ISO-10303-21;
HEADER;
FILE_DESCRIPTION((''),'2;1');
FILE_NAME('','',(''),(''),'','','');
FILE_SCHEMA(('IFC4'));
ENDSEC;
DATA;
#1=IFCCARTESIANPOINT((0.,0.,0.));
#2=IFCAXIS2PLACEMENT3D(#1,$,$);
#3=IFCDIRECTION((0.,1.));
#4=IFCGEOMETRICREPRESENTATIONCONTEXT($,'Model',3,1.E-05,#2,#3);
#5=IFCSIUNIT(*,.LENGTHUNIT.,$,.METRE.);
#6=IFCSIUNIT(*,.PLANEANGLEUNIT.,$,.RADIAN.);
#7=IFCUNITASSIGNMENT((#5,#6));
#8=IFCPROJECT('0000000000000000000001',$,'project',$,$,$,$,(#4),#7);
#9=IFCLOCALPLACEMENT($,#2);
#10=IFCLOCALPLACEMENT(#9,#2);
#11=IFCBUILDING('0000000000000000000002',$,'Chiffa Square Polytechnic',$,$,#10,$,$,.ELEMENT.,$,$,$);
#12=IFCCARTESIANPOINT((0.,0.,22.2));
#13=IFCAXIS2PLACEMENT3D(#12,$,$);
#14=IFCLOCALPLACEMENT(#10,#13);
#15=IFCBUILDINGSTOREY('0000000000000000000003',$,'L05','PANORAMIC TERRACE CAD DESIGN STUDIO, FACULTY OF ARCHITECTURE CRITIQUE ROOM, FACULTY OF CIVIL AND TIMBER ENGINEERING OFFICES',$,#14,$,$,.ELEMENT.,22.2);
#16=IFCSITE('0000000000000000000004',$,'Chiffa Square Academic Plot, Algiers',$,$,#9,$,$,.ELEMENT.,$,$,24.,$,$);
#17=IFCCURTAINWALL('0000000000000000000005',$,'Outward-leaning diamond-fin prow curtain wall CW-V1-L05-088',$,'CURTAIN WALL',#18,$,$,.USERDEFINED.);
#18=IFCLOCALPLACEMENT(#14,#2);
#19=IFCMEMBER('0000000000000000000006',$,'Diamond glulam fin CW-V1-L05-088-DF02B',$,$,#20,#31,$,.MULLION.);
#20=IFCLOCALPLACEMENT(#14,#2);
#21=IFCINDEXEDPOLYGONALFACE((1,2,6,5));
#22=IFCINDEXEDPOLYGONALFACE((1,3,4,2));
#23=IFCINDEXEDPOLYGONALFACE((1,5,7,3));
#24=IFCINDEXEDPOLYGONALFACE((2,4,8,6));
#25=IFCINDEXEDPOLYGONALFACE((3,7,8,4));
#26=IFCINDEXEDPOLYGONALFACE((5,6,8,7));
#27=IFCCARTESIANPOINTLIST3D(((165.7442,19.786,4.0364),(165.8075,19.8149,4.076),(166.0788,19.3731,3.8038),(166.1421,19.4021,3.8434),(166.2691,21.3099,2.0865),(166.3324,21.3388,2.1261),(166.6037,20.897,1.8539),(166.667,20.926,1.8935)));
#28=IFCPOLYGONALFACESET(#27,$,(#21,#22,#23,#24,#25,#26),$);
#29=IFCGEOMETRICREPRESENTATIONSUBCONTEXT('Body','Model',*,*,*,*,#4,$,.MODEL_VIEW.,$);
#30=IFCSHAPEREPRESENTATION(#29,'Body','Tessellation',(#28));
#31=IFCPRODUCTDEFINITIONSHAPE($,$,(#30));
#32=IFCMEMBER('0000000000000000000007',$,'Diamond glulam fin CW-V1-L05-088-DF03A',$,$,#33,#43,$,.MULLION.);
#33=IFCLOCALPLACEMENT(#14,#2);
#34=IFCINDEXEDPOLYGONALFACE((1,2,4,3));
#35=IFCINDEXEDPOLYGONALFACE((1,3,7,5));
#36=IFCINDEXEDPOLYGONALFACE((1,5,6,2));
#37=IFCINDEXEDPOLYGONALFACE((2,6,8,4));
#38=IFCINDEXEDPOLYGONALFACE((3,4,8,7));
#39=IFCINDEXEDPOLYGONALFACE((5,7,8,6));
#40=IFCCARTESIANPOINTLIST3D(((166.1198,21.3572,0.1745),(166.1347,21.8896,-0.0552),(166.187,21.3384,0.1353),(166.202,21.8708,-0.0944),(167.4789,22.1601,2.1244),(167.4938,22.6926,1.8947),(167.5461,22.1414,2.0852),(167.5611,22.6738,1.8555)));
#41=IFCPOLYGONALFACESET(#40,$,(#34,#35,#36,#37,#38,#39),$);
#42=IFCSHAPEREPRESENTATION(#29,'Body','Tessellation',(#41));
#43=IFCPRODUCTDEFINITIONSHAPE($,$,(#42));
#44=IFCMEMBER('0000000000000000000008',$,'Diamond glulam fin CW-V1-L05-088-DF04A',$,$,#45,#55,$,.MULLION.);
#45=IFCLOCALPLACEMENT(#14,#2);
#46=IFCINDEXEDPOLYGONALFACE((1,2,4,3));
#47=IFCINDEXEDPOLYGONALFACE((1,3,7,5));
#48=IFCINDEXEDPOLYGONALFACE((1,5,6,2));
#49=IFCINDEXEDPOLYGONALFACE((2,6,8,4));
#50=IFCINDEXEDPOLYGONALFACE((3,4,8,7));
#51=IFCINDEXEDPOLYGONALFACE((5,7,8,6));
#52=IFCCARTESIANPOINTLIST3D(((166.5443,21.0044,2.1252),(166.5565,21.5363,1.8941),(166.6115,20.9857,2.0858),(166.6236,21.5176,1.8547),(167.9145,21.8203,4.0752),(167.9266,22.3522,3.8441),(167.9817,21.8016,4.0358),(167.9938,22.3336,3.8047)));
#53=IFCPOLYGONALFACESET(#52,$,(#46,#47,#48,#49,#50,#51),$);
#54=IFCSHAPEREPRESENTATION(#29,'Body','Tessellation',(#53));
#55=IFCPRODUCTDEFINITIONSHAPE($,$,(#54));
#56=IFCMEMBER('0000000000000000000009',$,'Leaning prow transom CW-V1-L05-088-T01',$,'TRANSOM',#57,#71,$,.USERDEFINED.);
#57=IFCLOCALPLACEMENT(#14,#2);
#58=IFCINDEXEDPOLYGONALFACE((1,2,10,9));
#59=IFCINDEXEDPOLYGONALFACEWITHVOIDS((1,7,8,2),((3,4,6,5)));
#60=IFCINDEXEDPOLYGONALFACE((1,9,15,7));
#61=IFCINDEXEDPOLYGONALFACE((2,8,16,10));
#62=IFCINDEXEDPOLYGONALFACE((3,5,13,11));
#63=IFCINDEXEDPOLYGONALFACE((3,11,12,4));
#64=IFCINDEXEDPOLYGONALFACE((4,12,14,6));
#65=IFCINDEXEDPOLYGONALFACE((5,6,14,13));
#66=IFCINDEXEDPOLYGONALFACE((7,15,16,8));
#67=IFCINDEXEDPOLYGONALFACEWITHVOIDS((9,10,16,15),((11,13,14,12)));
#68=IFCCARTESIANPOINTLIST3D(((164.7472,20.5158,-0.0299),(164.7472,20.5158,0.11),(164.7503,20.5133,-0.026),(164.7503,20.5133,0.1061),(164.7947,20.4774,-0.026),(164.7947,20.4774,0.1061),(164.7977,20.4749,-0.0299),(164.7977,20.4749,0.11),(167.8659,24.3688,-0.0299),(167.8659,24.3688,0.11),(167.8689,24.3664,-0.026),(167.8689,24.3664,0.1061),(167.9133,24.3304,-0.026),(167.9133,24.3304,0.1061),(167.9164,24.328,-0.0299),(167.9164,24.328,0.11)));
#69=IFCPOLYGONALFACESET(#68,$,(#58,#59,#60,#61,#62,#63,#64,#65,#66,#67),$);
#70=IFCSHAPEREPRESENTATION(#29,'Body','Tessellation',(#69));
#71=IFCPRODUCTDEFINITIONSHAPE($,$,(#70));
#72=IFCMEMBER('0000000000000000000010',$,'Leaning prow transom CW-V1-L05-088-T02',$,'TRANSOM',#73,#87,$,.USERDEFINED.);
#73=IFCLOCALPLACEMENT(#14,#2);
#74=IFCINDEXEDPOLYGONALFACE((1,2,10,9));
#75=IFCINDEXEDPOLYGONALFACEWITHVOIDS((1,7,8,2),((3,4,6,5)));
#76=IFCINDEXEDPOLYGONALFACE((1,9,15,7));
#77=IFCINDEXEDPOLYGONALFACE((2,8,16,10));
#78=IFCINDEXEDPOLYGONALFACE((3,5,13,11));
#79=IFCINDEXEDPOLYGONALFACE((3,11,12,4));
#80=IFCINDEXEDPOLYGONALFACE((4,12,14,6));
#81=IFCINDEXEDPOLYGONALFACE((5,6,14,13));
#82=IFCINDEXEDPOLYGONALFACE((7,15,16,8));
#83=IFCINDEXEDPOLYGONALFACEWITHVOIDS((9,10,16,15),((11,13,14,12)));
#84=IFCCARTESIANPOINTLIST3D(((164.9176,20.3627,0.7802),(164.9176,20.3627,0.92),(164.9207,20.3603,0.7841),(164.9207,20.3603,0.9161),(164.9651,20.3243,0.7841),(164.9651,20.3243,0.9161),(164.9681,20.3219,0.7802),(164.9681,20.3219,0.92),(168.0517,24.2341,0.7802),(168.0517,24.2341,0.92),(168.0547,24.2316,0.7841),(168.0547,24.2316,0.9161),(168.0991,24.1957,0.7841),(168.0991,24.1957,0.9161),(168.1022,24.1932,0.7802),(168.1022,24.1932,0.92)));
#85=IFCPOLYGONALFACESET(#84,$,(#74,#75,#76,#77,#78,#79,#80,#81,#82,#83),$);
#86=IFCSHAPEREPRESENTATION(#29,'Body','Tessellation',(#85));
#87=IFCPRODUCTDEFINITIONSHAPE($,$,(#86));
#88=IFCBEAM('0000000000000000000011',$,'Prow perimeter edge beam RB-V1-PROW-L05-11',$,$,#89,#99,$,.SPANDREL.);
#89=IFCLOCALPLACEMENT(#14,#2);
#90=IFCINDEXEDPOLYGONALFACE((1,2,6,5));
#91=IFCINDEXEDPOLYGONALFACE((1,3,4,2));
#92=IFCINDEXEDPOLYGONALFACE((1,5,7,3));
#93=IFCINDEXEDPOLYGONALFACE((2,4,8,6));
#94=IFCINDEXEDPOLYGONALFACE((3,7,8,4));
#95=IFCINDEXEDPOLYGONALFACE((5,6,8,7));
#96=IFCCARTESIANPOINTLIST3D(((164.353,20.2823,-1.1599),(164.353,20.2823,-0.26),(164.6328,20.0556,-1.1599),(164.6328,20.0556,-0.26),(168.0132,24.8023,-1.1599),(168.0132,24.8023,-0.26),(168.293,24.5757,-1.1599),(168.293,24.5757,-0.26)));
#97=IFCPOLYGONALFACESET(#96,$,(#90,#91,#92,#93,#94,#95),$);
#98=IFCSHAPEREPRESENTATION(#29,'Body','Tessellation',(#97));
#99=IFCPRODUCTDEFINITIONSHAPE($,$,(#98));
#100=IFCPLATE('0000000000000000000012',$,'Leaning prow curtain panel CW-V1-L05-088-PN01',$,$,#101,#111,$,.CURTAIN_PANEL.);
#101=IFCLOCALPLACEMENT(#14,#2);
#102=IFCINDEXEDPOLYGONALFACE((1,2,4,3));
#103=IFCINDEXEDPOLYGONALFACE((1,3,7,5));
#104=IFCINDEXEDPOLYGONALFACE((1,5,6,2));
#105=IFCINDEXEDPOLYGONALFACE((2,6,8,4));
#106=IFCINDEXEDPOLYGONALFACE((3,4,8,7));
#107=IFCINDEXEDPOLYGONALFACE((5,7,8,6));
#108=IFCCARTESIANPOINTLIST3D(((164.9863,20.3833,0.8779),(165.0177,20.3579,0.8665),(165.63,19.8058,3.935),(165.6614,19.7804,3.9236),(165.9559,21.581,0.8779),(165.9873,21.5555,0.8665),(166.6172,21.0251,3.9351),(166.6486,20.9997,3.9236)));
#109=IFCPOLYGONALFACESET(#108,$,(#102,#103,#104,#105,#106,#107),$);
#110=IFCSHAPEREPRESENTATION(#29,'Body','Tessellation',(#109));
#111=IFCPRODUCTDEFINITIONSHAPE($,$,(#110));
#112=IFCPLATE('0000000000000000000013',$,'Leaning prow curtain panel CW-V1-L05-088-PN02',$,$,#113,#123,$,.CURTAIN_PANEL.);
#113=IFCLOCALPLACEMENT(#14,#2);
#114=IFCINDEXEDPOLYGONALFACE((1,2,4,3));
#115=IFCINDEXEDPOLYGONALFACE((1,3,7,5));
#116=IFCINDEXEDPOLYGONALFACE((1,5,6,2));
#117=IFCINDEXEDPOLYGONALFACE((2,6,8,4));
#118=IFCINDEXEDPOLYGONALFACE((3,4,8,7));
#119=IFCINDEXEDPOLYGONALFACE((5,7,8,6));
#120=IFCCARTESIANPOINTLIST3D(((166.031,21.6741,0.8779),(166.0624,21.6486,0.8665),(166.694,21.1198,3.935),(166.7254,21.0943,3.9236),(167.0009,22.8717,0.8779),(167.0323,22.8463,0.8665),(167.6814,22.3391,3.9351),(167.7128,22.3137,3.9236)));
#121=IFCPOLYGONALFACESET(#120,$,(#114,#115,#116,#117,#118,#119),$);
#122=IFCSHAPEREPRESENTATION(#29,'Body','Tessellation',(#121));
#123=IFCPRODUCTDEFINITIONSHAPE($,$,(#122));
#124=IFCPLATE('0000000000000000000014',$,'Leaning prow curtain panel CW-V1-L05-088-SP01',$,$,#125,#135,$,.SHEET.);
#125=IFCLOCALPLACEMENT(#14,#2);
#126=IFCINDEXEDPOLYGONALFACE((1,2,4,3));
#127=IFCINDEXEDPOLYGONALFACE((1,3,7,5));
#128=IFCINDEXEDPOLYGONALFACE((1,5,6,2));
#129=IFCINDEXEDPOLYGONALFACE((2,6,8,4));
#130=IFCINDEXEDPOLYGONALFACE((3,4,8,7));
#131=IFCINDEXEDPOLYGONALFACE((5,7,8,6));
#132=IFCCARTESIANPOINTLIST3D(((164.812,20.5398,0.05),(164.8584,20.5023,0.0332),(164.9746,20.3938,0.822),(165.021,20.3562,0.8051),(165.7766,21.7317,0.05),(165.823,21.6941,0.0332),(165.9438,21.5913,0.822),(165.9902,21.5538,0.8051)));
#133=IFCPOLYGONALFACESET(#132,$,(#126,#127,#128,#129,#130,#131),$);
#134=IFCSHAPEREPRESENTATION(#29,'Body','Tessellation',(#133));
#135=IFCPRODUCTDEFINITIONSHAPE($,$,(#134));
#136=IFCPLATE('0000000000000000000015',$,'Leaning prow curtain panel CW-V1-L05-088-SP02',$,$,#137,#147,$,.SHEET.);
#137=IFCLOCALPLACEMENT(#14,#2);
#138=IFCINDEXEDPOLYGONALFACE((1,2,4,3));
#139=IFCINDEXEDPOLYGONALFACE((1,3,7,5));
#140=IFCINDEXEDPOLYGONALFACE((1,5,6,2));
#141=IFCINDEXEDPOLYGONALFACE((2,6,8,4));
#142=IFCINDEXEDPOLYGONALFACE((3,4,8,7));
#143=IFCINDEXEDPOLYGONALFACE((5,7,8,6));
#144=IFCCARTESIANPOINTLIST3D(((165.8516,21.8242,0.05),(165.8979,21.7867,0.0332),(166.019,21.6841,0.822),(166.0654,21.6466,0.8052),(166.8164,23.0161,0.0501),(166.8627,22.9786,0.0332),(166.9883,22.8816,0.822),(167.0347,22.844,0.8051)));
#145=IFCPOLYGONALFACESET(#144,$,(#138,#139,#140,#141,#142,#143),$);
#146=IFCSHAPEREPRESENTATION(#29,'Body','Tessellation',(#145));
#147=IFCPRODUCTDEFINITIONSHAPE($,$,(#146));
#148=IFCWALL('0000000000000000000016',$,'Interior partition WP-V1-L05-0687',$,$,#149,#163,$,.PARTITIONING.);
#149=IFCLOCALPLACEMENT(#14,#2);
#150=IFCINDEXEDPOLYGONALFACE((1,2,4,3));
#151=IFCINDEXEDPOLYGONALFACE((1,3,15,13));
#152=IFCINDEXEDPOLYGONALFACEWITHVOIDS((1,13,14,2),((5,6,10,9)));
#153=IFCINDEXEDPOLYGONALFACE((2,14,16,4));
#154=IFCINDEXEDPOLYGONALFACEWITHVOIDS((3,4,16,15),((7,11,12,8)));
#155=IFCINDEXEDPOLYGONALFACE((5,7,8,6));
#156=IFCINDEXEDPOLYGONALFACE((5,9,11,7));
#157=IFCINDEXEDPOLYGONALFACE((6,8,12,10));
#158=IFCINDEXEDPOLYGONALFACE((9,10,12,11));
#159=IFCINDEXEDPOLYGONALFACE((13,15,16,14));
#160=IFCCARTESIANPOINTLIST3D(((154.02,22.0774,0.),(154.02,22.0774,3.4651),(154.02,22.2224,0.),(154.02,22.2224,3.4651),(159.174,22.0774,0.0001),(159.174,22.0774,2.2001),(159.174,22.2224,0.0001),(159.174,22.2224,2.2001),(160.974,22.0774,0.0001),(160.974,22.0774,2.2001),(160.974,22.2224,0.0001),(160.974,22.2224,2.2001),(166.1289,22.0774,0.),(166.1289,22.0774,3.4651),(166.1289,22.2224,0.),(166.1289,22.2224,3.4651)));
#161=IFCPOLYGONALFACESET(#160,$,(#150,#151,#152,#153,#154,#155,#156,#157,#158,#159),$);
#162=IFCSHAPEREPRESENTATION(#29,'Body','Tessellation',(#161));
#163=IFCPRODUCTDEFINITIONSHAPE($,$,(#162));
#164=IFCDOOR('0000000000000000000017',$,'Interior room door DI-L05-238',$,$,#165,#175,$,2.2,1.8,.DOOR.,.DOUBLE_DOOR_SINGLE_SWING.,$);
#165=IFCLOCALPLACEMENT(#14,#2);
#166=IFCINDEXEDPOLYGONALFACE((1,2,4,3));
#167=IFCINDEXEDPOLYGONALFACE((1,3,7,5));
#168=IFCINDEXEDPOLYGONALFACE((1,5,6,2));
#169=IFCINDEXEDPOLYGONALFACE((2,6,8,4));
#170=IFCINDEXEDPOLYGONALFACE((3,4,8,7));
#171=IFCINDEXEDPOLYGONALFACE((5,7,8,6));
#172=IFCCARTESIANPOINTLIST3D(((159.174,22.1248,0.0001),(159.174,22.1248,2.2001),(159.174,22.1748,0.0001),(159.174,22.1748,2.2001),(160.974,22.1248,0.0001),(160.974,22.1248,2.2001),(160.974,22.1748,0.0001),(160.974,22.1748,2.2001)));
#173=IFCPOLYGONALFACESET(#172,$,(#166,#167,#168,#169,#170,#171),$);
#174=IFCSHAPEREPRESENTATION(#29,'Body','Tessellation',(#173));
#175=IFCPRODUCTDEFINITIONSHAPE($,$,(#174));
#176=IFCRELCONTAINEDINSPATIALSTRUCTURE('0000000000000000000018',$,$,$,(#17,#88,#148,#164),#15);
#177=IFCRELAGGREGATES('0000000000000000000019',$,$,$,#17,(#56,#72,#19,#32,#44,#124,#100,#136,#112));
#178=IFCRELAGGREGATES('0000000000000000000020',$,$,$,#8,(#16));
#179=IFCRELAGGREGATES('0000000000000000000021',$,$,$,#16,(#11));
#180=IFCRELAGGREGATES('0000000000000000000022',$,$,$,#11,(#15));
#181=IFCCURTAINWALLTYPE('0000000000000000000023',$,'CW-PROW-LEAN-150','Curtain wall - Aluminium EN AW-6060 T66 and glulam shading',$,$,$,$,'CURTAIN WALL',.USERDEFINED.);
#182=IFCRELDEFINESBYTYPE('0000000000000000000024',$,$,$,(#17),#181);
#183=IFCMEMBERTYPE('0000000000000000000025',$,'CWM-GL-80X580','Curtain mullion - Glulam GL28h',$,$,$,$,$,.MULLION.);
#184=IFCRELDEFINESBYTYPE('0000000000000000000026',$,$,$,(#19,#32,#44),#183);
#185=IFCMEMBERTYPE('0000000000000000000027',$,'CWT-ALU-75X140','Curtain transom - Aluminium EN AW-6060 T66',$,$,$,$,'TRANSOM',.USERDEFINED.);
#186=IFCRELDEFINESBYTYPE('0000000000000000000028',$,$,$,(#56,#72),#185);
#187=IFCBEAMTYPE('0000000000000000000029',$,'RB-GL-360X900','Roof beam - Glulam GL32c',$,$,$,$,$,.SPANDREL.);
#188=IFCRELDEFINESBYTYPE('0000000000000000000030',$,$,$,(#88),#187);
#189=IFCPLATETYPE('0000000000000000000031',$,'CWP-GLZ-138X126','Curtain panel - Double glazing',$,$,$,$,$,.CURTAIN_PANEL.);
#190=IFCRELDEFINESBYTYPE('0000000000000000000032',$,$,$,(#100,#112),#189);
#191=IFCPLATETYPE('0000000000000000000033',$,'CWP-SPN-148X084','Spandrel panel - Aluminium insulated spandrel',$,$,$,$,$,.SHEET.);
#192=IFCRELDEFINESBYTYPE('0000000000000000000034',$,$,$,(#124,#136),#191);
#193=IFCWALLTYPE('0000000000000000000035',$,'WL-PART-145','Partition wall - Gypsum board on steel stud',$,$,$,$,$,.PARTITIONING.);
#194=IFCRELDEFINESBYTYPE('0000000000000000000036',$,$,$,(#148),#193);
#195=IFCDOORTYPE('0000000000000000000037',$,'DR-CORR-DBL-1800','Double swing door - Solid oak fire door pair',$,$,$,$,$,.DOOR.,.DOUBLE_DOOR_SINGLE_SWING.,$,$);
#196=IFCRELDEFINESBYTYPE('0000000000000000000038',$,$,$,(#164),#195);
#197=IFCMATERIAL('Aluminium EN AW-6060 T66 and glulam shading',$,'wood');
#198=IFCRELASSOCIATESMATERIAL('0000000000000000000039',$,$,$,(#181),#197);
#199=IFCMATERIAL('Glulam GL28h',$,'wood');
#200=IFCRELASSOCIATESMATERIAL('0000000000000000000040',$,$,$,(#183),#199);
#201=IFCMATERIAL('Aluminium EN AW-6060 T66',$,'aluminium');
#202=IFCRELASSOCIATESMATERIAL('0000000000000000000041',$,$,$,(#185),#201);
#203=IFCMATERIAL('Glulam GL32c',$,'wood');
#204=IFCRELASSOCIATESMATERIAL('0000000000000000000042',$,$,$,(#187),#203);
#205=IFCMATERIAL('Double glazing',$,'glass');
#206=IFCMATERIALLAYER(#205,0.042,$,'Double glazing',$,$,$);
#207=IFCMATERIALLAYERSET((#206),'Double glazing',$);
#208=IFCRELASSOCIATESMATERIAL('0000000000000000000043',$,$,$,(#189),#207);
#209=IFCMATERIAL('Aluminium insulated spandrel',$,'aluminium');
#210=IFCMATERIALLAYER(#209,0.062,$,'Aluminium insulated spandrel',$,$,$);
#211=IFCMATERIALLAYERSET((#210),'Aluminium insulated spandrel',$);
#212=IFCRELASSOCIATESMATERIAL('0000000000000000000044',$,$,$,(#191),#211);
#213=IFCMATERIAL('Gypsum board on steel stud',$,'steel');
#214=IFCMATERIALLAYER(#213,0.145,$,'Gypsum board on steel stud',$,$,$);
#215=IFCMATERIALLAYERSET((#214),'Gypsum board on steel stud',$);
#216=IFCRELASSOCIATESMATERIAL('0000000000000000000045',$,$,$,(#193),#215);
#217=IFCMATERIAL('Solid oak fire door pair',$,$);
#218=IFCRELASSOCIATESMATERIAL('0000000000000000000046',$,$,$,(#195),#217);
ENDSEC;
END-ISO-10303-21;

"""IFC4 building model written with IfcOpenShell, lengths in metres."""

from ifc_helpers import new_model, si_unit, direction, frame, frame_2d, origin, origin_2d, place, context, subcontext, project, spatial, polyline, rectangle, hollow_rectangle, outline, extrude, material, layer, layer_set, material_profile, profile_set, type_object, element, fill, aggregate, save


model = new_model("IFC4")

# Units and contexts
model_context = context("Model", 3, precision=1e-05, world=origin(), true_north=direction((0.0, 1.0)))
body_context = subcontext(model_context, "Body", "Model", "MODEL_VIEW")
ifc_project = project(units=[si_unit("LENGTHUNIT", "METRE"), si_unit("PLANEANGLEUNIT", "RADIAN")], contexts=[model_context])

# Site, building, storey
site_placement = place(None, origin())
site = spatial("IfcSite", under=ifc_project, at=site_placement, Name="Chiffa Square Academic Plot, Algiers", CompositionType="ELEMENT", RefElevation=24.0)
building_placement = place(site_placement, origin())
building = spatial("IfcBuilding", under=site, at=building_placement, Name="Chiffa Square Polytechnic", CompositionType="ELEMENT")
storey_placement = place(building_placement, frame((0.0, 0.0, 22.2)))
storey = spatial("IfcBuildingStorey", under=building, at=storey_placement, Name="L05", Description="PANORAMIC TERRACE CAD DESIGN STUDIO, FACULTY OF ARCHITECTURE CRITIQUE ROOM, FACULTY OF CIVIL AND TIMBER ENGINEERING OFFICES", CompositionType="ELEMENT", Elevation=22.2)

# Shared definitions
ifc_material_1 = material(Name="Glulam GL32c", Category="wood")

# Shared definitions
ifc_material_2 = material(Name="Aluminium EN AW-6060 T66 and glulam shading", Category="wood")
ifc_material_3 = material(Name="Aluminium EN AW-6060 T66", Category="aluminium")

# Curtain wall, members
curtain_wall_type_1 = type_object("IfcCurtainWallType", Name="CW-PROW-LEAN-150", Description="Curtain wall - Aluminium EN AW-6060 T66 and glulam shading", ElementType="CURTAIN WALL", PredefinedType="USERDEFINED", material=ifc_material_2)
curtain_wall_1_placement = place(storey_placement, origin())
curtain_wall_1 = element("IfcCurtainWall", 1, at=curtain_wall_1_placement, inside=storey, type_object=curtain_wall_type_1, Name="Outward-leaning diamond-fin prow curtain wall CW-V1-L05-088", ObjectType="CURTAIN WALL", PredefinedType="USERDEFINED")
ifc_material_4 = material(Name="Glulam GL28h", Category="wood")
ifc_material_profile_1 = material_profile(ifc_material_4, rectangle(XDim=0.0801, YDim=0.5801, at=origin_2d()), Name="GL28h 80x580")
ifc_profile_set_1 = profile_set([ifc_material_profile_1], Name="Glulam GL28h")
member_type_1 = type_object("IfcMemberType", Name="CWM-GL-80X580", Description="Curtain mullion - Glulam GL28h", PredefinedType="MULLION", material=ifc_profile_set_1)
member_1_placement = place(storey_placement, frame((166.468, 21.1179, 1.99), z_axis=(-0.207483, -0.602376, 0.770775), x_axis=(0.790088, 0.361403, 0.495126)))
member_1 = element("IfcMember", 2, at=member_1_placement, type_object=member_type_1, Name="Diamond glulam fin CW-V1-L05-088-DF02B", PredefinedType="MULLION", context=body_context, shape_type="SweptSolid", body=[
    extrude(rectangle(XDim=0.0801, YDim=0.5801, at=origin_2d()), origin(), (0.0, 0.0, 1.0), 2.5298),
])
member_2_placement = place(storey_placement, frame((166.1609, 21.614, 0.04), z_axis=(0.541735, 0.320059, 0.77723), x_axis=(-0.840153, 0.234582, 0.488994)))
member_2 = element("IfcMember", 3, at=member_2_placement, type_object=member_type_1, Name="Diamond glulam fin CW-V1-L05-088-DF03A", PredefinedType="MULLION", context=body_context, shape_type="SweptSolid", body=[
    extrude(rectangle(XDim=0.0801, YDim=0.5801, at=origin_2d()), origin(), (0.0, 0.0, 1.0), 2.5088),
])
member_3_placement = place(storey_placement, frame((166.584, 21.261, 1.99), z_axis=(0.543918, 0.323908, 0.774104), x_axis=(-0.838877, 0.232898, 0.491979)))
member_3 = element("IfcMember", 4, at=member_3_placement, type_object=member_type_1, Name="Diamond glulam fin CW-V1-L05-088-DF04A", PredefinedType="MULLION", context=body_context, shape_type="SweptSolid", body=[
    extrude(rectangle(XDim=0.0801, YDim=0.5801, at=origin_2d()), origin(), (0.0, 0.0, 1.0), 2.519),
])
ifc_material_profile_2 = material_profile(ifc_material_3, hollow_rectangle(XDim=0.0649, YDim=0.1399, WallThickness=0.0039, at=origin_2d()), Name="ALU 65x140x4")
ifc_profile_set_2 = profile_set([ifc_material_profile_2], Name="Aluminium EN AW-6060 T66")
member_type_2 = type_object("IfcMemberType", Name="CWT-ALU-75X140", Description="Curtain transom - Aluminium EN AW-6060 T66", ElementType="TRANSOM", PredefinedType="USERDEFINED", material=ifc_profile_set_2)
member_4_placement = place(storey_placement, frame((164.7725, 20.4954, 0.04), z_axis=(0.629142, 0.777291, 0.0), x_axis=(-0.777291, 0.629142, 0.0)))
member_4 = element("IfcMember", 5, at=member_4_placement, type_object=member_type_2, Name="Leaning prow transom CW-V1-L05-088-T01", ObjectType="TRANSOM", PredefinedType="USERDEFINED", context=body_context, shape_type="SweptSolid", body=[
    extrude(hollow_rectangle(XDim=0.0649, YDim=0.1399, WallThickness=0.0039, at=origin_2d()), origin(), (0.0, 0.0, 1.0), 4.957),
])
member_5_placement = place(storey_placement, frame((164.9429, 20.3423, 0.8501), z_axis=(0.62921, 0.777236, 0.0), x_axis=(-0.777236, 0.62921, 0.0)))
member_5 = element("IfcMember", 6, at=member_5_placement, type_object=member_type_2, Name="Leaning prow transom CW-V1-L05-088-T02", ObjectType="TRANSOM", PredefinedType="USERDEFINED", context=body_context, shape_type="SweptSolid", body=[
    extrude(hollow_rectangle(XDim=0.0649, YDim=0.1399, WallThickness=0.0039, at=origin_2d()), origin(), (0.0, 0.0, 1.0), 4.981),
])

# Beam
ifc_material_profile_3 = material_profile(ifc_material_1, rectangle(XDim=0.3601, YDim=0.8999, at=origin_2d()), Name="GL32c 360x900")
ifc_profile_set_3 = profile_set([ifc_material_profile_3], Name="Glulam GL32c")
beam_type_1 = type_object("IfcBeamType", Name="RB-GL-360X900", Description="Roof beam - Glulam GL32c", PredefinedType="SPANDREL", material=ifc_profile_set_3)
beam_1_placement = place(storey_placement, frame((164.4929, 20.1689, -0.71), z_axis=(0.629312, 0.777153, 0.0), x_axis=(-0.777153, 0.629312, 0.0)))
element("IfcBeam", 7, at=beam_1_placement, inside=storey, type_object=beam_type_1, Name="Prow perimeter edge beam RB-V1-PROW-L05-11", PredefinedType="SPANDREL", context=body_context, shape_type="SweptSolid", body=[
    extrude(rectangle(XDim=0.3601, YDim=0.8999, at=origin_2d()), origin(), (0.0, 0.0, 1.0), 5.8162),
])

# Plates
ifc_material_5 = material(Name="Double glazing", Category="glass")
ifc_layer_1 = layer(ifc_material_5, 0.042, Name="Double glazing")
ifc_layer_set_1 = layer_set([ifc_layer_1], Name="Double glazing")
plate_type_1 = type_object("IfcPlateType", Name="CWP-GLZ-138X126", Description="Curtain panel - Double glazing", PredefinedType="CURTAIN_PANEL", material=ifc_layer_set_1)
plate_1_placement = place(storey_placement, frame((164.9863, 20.3833, 0.8779), z_axis=(-0.747943, 0.605532, 0.271867), x_axis=(0.629226, 0.777222, -0.000028)))
plate_1 = element("IfcPlate", 8, at=plate_1_placement, type_object=plate_type_1, Name="Leaning prow curtain panel CW-V1-L05-088-PN01", PredefinedType="CURTAIN_PANEL", context=body_context, shape_type="SweptSolid", body=[
    extrude(outline(polyline([(0.0, 0.0), (1.5409, 0.0), (1.5249, -3.1768), (-0.0439, -3.1767), (0.0, 0.0)])), origin(), (0.0, 0.0, -1.0), 0.042),
])
plate_2_placement = place(storey_placement, frame((166.031, 21.6741, 0.8779), z_axis=(-0.747844, 0.605603, 0.271982), x_axis=(0.629321, 0.777146, -0.000028)))
plate_2 = element("IfcPlate", 9, at=plate_2_placement, type_object=plate_type_1, Name="Leaning prow curtain panel CW-V1-L05-088-PN02", PredefinedType="CURTAIN_PANEL", context=body_context, shape_type="SweptSolid", body=[
    extrude(outline(polyline([(0.0, 0.0), (1.5411, 0.0), (1.5554, -3.1769), (-0.0136, -3.1768), (0.0, 0.0)])), origin(), (0.0, 0.0, -1.0), 0.042),
])
ifc_material_6 = material(Name="Aluminium insulated spandrel", Category="aluminium")
ifc_layer_2 = layer(ifc_material_6, 0.062, Name="Aluminium insulated spandrel")
ifc_layer_set_2 = layer_set([ifc_layer_2], Name="Aluminium insulated spandrel")
plate_type_2 = type_object("IfcPlateType", Name="CWP-SPN-148X084", Description="Spandrel panel - Aluminium insulated spandrel", PredefinedType="SHEET", material=ifc_layer_set_2)
plate_3_placement = place(storey_placement, frame((164.812, 20.5398, 0.05), z_axis=(-0.74799, 0.605378, 0.272081), x_axis=(0.62911, 0.777316, -0.000006)))
plate_3 = element("IfcPlate", 10, at=plate_3_placement, type_object=plate_type_2, Name="Leaning prow curtain panel CW-V1-L05-088-SP01", PredefinedType="SHEET", context=body_context, shape_type="SweptSolid", body=[
    extrude(outline(polyline([(0.0, 0.0), (1.5333, 0.0), (1.5294, -0.8022), (-0.0112, -0.8022), (0.0, 0.0)])), origin(), (0.0, 0.0, -1.0), 0.062),
])
plate_4_placement = place(storey_placement, frame((165.8516, 21.8242, 0.05), z_axis=(-0.747949, 0.605421, 0.272098), x_axis=(0.629162, 0.777275, 0.00001)))
plate_4 = element("IfcPlate", 11, at=plate_4_placement, type_object=plate_type_2, Name="Leaning prow curtain panel CW-V1-L05-088-SP02", PredefinedType="SHEET", context=body_context, shape_type="SweptSolid", body=[
    extrude(outline(polyline([(0.0, 0.0), (1.5335, 0.0), (1.5371, -0.8022), (-0.0035, -0.8023), (0.0, 0.0)])), origin(), (0.0, 0.0, -1.0), 0.062),
])
aggregate(curtain_wall_1, [member_4, member_5, member_1, member_2, member_3, plate_3, plate_1, plate_4, plate_2])

# Wall, opening, door
ifc_material_7 = material(Name="Gypsum board on steel stud", Category="steel")
ifc_layer_3 = layer(ifc_material_7, 0.145, Name="Gypsum board on steel stud")
ifc_layer_set_3 = layer_set([ifc_layer_3], Name="Gypsum board on steel stud")
wall_type_1 = type_object("IfcWallType", Name="WL-PART-145", Description="Partition wall - Gypsum board on steel stud", PredefinedType="PARTITIONING", material=ifc_layer_set_3)
wall_1_placement = place(storey_placement, frame((154.02, 22.1499, 0.0), z_axis=(0.0, 0.0, 1.0), x_axis=(1.0, 0.0, 0.0)))
wall_1 = element("IfcWall", 12, at=wall_1_placement, inside=storey, type_object=wall_type_1, Name="Interior partition WP-V1-L05-0687", PredefinedType="PARTITIONING", context=body_context, shape_type="SweptSolid", body=[
    extrude(rectangle(XDim=12.1089, YDim=0.145, at=frame_2d((6.0544, 0.0))), origin(), (0.0, 0.0, 1.0), 3.4651),
])
opening_1_placement = place(wall_1_placement, frame((5.1541, 0.0, 0.0)))
opening_1 = element("IfcOpeningElement", 13, at=opening_1_placement, cuts=wall_1, PredefinedType="OPENING", context=body_context, shape_type="SweptSolid", body=[
    extrude(rectangle(XDim=1.8, YDim=2.2, at=frame_2d((0.8999, 1.1001))), frame((0.0, 0.0825, 0.0), z_axis=(0.0, -1.0, 0.0), x_axis=(1.0, 0.0, 0.0)), (0.0, 0.0, 1.0), 0.165),
])
ifc_material_8 = material(Name="Solid oak fire door pair")
door_type = type_object("IfcDoorType", Name="DR-CORR-DBL-1800", Description="Double swing door - Solid oak fire door pair", OperationType="DOUBLE_DOOR_SINGLE_SWING", PredefinedType="DOOR", material=ifc_material_8)
door_1_placement = place(opening_1_placement, origin())
door_1 = element("IfcDoor", 14, at=door_1_placement, inside=storey, type_object=door_type, Name="Interior room door DI-L05-238", OperationType="DOUBLE_DOOR_SINGLE_SWING", OverallHeight=2.2, OverallWidth=1.8, PredefinedType="DOOR", context=body_context, shape_type="SweptSolid", body=[
    extrude(rectangle(XDim=1.8, YDim=2.2, at=frame_2d((0.8999, 1.1001))), frame((0.0, 0.0249, 0.0), z_axis=(0.0, -1.0, 0.0), x_axis=(1.0, 0.0, 0.0)), (0.0, 0.0, 1.0), 0.05),
])
fill(opening_1, door_1)

save(model, "model.ifc")
